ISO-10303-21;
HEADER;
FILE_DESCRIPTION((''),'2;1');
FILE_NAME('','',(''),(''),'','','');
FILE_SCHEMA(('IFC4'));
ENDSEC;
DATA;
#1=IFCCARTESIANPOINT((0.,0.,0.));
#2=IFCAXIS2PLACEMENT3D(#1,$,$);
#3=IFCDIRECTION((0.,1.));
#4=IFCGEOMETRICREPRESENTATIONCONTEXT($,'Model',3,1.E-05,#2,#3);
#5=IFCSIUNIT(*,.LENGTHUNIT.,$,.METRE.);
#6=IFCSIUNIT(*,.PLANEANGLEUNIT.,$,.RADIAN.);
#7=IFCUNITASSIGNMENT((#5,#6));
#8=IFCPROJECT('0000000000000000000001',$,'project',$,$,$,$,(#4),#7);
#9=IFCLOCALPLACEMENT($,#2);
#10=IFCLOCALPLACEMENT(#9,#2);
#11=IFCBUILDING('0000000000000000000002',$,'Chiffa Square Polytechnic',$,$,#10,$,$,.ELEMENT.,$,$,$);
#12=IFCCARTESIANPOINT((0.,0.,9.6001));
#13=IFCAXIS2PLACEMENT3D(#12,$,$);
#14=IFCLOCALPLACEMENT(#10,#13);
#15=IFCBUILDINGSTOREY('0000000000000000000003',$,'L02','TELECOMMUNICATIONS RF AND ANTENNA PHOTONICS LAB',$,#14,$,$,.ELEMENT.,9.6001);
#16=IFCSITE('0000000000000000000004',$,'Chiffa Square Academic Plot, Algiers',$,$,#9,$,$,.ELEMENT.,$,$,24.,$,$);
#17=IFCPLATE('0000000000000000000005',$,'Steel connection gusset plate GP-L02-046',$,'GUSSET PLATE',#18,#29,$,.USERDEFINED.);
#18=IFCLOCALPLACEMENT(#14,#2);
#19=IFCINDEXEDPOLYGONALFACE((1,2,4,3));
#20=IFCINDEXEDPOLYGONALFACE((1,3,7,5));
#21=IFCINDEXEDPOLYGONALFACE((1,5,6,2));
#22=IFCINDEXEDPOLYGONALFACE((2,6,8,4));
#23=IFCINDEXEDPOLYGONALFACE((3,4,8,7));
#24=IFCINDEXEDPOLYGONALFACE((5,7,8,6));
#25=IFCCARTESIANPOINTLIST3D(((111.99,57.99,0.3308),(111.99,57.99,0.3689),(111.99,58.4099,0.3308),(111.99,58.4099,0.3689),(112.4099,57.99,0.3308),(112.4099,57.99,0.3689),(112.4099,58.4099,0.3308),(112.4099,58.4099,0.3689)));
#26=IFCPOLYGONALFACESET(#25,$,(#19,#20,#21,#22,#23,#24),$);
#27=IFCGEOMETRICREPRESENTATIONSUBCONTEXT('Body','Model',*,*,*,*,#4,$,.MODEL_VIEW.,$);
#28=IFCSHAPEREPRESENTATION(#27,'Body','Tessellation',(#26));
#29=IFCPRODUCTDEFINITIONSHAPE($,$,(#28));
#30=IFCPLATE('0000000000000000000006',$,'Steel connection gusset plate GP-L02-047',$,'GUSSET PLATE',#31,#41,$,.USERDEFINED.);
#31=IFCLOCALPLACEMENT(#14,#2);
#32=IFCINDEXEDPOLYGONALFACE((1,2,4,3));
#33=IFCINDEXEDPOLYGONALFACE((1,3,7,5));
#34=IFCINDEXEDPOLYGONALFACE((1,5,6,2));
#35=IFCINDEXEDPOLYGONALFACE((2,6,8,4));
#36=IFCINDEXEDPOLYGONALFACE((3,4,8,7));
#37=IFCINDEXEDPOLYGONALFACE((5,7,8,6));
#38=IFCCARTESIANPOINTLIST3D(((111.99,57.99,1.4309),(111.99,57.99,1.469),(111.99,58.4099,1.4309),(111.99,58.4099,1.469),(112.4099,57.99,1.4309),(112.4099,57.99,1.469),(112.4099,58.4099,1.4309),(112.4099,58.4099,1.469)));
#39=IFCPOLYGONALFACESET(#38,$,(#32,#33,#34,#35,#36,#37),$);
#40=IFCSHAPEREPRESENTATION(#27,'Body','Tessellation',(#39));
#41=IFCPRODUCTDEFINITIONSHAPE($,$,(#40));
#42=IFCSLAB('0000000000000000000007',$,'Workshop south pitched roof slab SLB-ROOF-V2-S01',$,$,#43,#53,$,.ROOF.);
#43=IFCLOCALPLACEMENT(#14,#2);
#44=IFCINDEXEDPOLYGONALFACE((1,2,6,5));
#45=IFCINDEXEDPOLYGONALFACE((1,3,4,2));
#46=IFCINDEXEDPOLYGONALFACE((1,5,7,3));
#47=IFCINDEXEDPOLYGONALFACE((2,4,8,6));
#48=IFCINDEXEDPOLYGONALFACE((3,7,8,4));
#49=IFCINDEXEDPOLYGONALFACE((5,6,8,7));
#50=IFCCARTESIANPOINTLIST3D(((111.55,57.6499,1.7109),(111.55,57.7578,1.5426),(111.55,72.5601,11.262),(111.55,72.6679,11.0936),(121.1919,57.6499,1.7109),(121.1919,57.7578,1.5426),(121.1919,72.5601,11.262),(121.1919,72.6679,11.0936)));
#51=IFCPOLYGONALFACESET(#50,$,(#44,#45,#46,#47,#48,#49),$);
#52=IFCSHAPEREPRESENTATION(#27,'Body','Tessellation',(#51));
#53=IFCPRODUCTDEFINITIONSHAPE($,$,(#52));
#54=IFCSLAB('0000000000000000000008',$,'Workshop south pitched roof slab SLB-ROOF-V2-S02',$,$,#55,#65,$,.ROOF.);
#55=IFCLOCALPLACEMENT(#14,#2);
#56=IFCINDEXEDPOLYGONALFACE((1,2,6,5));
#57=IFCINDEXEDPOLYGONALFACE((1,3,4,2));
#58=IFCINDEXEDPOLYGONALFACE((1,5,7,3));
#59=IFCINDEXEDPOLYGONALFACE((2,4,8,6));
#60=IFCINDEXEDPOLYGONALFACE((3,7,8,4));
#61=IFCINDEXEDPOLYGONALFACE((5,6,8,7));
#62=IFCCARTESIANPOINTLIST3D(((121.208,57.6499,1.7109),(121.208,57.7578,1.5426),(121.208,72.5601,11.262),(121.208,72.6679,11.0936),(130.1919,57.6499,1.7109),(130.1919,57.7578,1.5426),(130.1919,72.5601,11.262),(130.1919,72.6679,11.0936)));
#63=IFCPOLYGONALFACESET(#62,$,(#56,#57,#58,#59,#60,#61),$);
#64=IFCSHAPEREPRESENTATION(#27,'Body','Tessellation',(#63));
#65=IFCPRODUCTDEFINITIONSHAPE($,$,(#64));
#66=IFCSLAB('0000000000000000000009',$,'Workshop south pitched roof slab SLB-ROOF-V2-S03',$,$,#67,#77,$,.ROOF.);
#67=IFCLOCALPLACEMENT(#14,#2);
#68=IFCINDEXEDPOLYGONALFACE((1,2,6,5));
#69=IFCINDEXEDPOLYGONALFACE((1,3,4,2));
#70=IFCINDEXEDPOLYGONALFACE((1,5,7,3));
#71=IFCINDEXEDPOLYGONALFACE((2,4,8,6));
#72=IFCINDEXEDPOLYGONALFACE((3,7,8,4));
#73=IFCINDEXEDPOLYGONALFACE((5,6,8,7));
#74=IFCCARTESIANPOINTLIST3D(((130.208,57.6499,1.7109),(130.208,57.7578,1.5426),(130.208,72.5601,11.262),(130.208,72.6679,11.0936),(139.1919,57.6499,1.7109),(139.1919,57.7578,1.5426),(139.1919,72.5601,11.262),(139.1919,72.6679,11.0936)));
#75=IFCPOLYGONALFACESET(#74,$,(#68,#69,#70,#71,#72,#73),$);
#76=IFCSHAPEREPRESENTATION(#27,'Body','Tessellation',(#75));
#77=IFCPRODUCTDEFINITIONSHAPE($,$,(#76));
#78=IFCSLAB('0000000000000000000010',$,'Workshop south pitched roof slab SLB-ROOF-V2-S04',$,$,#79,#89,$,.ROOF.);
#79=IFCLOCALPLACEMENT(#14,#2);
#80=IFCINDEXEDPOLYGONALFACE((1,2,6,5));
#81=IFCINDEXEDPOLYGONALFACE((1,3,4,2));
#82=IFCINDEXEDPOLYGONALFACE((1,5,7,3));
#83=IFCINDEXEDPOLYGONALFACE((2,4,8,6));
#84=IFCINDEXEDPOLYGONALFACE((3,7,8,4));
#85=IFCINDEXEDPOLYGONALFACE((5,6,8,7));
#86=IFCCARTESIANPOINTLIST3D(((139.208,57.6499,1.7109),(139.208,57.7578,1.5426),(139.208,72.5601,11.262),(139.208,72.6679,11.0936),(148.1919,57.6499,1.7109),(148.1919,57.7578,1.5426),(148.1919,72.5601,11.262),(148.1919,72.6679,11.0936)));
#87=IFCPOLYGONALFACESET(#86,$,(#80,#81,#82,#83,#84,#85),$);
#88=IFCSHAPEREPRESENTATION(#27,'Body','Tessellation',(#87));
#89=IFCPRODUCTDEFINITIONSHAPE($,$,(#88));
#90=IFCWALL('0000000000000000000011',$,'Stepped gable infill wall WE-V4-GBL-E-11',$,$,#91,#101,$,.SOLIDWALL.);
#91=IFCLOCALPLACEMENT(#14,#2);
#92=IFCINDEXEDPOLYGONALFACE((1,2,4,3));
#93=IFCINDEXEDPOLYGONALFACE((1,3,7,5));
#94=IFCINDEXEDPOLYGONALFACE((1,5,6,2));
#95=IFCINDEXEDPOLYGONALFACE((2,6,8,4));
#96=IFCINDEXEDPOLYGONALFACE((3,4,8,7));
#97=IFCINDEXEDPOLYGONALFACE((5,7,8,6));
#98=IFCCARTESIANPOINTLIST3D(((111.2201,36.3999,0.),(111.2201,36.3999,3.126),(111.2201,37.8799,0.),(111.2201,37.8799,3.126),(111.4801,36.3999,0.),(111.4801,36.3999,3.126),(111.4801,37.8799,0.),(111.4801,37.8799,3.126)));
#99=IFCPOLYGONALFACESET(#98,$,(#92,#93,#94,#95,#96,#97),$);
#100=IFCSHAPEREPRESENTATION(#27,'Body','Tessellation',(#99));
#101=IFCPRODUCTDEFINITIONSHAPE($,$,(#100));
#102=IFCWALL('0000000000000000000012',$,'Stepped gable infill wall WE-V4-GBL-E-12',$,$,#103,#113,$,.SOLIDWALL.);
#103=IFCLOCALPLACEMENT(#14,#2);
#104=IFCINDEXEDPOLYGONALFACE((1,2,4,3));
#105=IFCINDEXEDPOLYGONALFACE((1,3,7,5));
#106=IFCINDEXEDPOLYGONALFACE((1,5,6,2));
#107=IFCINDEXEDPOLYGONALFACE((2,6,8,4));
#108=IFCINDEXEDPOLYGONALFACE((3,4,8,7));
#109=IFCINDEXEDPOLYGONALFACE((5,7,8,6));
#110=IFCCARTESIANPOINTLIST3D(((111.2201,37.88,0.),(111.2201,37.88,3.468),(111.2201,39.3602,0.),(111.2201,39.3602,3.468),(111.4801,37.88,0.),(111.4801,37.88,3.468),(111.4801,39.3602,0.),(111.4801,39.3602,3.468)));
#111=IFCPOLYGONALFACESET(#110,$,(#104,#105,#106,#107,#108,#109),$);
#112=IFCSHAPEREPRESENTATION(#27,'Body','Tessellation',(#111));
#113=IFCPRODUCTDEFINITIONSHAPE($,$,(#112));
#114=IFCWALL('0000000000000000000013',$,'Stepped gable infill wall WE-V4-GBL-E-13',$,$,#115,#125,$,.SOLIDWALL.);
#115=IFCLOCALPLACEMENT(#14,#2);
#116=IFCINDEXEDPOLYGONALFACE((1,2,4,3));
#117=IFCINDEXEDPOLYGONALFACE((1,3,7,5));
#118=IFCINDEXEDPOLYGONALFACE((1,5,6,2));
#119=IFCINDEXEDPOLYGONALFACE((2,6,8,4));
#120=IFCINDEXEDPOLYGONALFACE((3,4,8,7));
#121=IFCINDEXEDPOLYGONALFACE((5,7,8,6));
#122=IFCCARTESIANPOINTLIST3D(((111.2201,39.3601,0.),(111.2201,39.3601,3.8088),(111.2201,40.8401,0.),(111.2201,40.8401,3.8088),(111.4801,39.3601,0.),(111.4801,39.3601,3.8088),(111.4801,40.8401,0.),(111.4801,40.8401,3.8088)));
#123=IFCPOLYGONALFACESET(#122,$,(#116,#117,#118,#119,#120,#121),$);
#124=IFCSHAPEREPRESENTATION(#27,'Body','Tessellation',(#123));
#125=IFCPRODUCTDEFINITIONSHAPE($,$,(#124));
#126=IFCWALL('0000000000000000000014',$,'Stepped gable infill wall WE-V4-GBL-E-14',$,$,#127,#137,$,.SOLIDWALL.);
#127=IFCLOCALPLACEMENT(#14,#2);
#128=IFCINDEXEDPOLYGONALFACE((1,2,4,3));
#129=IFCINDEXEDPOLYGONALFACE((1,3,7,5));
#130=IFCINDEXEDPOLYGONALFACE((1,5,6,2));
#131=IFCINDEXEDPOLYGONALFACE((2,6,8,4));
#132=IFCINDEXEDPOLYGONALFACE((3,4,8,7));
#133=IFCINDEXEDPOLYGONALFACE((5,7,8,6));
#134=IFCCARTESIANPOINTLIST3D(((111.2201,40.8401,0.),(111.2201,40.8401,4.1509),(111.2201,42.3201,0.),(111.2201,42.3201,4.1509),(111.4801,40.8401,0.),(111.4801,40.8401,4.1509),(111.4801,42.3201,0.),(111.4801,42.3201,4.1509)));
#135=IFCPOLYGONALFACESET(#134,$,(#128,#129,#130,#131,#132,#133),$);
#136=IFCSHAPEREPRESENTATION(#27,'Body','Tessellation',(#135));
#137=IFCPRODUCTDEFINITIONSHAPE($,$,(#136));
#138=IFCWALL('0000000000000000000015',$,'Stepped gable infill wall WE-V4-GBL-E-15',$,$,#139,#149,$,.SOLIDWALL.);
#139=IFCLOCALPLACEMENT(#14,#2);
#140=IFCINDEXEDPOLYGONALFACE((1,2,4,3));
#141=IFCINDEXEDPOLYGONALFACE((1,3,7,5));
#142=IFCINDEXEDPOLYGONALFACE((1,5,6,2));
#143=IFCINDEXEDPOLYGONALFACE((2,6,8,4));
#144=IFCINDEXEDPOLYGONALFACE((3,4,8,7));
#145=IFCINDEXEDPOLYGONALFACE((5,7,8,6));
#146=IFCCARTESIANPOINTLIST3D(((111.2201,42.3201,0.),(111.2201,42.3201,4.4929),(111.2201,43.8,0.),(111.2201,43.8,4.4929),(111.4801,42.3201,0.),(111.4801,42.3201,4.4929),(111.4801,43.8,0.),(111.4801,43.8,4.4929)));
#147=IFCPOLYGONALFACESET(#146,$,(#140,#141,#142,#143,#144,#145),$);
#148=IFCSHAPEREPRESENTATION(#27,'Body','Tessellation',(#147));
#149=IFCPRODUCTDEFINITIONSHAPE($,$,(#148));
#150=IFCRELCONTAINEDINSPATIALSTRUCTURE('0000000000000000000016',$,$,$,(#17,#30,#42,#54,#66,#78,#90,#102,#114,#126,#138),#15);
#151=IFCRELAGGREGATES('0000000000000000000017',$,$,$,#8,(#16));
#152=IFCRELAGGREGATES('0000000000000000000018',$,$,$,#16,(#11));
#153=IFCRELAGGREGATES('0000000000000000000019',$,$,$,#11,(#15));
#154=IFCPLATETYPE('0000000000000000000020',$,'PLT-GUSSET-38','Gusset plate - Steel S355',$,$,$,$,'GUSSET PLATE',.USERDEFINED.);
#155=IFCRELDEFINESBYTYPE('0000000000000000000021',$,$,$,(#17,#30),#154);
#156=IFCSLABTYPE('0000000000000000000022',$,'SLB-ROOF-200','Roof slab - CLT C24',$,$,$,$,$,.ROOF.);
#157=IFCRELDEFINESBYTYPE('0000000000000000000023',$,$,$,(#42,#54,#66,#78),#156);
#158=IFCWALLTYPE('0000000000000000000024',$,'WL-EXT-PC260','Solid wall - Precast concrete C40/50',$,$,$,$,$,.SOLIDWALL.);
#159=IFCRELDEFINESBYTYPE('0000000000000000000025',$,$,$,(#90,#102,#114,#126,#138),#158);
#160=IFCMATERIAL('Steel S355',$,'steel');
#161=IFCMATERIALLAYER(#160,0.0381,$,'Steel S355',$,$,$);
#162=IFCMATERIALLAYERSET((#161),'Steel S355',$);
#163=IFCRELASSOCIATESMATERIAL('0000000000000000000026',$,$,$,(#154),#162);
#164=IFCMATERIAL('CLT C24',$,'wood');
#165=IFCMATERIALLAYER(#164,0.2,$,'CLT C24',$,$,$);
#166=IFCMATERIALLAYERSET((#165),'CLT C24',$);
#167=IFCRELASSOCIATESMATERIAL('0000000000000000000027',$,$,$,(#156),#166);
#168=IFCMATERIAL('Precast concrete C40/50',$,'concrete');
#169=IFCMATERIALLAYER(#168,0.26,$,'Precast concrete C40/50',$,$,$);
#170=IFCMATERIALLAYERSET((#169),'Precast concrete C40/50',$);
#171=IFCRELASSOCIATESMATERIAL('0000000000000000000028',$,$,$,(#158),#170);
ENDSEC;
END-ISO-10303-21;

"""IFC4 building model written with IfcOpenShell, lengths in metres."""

from ifc_helpers import new_model, si_unit, direction, frame, frame_2d, origin, origin_2d, place, context, subcontext, project, spatial, polyline, rectangle, outline, extrude, material, layer, layer_set, type_object, element, save


model = new_model("IFC4")

# Units and contexts
model_context = context("Model", 3, precision=1e-05, world=origin(), true_north=direction((0.0, 1.0)))
body_context = subcontext(model_context, "Body", "Model", "MODEL_VIEW")
ifc_project = project(units=[si_unit("LENGTHUNIT", "METRE"), si_unit("PLANEANGLEUNIT", "RADIAN")], contexts=[model_context])

# Site, building, storey
site_placement = place(None, origin())
site = spatial("IfcSite", under=ifc_project, at=site_placement, Name="Chiffa Square Academic Plot, Algiers", CompositionType="ELEMENT", RefElevation=24.0)
building_placement = place(site_placement, origin())
building = spatial("IfcBuilding", under=site, at=building_placement, Name="Chiffa Square Polytechnic", CompositionType="ELEMENT")
storey_placement = place(building_placement, frame((0.0, 0.0, 9.6001)))
storey = spatial("IfcBuildingStorey", under=building, at=storey_placement, Name="L02", Description="TELECOMMUNICATIONS RF AND ANTENNA PHOTONICS LAB", CompositionType="ELEMENT", Elevation=9.6001)

# Shared definitions
ifc_material_1 = material(Name="Steel S355", Category="steel")

# Plates
ifc_layer_1 = layer(ifc_material_1, 0.0381, Name="Steel S355")
ifc_layer_set_1 = layer_set([ifc_layer_1], Name="Steel S355")
plate_type_1 = type_object("IfcPlateType", Name="PLT-GUSSET-38", Description="Gusset plate - Steel S355", ElementType="GUSSET PLATE", PredefinedType="USERDEFINED", material=ifc_layer_set_1)
for number, where, z_axis, x_axis, name in (
    (1, (112.2, 58.2, 0.3308), (0.0, 0.0, 1.0), (1.0, 0.0, 0.0), "Steel connection gusset plate GP-L02-046"),
    (2, (112.2, 58.2, 1.4309), (0.0, 0.0, 1.0), (1.0, 0.0, 0.0), "Steel connection gusset plate GP-L02-047"),
):
    element("IfcPlate", number, at=place(storey_placement, frame(where, z_axis=z_axis, x_axis=x_axis)), inside=storey, type_object=plate_type_1, Name=name, ObjectType="GUSSET PLATE", PredefinedType="USERDEFINED", context=body_context, shape_type="SweptSolid", body=[
        extrude(rectangle(XDim=0.4199, YDim=0.4199, at=origin_2d()), origin(), (0.0, 0.0, 1.0), 0.0381),
    ])

# Slabs
ifc_material_2 = material(Name="CLT C24", Category="wood")
ifc_layer_2 = layer(ifc_material_2, 0.2, Name="CLT C24")
ifc_layer_set_2 = layer_set([ifc_layer_2], Name="CLT C24")
slab_type = type_object("IfcSlabType", Name="SLB-ROOF-200", Description="Roof slab - CLT C24", PredefinedType="ROOF", material=ifc_layer_set_2)
slab_placement = place(storey_placement, frame((111.55, 57.6499, 1.7109), z_axis=(0.0, -0.539395, 0.842053), x_axis=(1.0, 0.0, 0.0)))
element("IfcSlab", 3, at=slab_placement, inside=storey, type_object=slab_type, Name="Workshop south pitched roof slab SLB-ROOF-V2-S01", PredefinedType="ROOF", context=body_context, shape_type="SweptSolid", body=[
    extrude(outline(polyline([(0.0, 0.0), (9.6418, 0.0), (9.6418, 17.7069), (0.0, 17.7069), (0.0, 0.0)])), origin(), (0.0, 0.0, -1.0), 0.2),
])
for number, where, z_axis, x_axis, name in (
    (4, (121.208, 57.6499, 1.7109), (0.0, -0.539395, 0.842053), (1.0, 0.0, 0.0), "Workshop south pitched roof slab SLB-ROOF-V2-S02"),
    (5, (130.208, 57.6499, 1.7109), (0.0, -0.539395, 0.842053), (1.0, 0.0, 0.0), "Workshop south pitched roof slab SLB-ROOF-V2-S03"),
    (6, (139.208, 57.6499, 1.7109), (0.0, -0.539395, 0.842053), (1.0, 0.0, 0.0), "Workshop south pitched roof slab SLB-ROOF-V2-S04"),
):
    element("IfcSlab", number, at=place(storey_placement, frame(where, z_axis=z_axis, x_axis=x_axis)), inside=storey, type_object=slab_type, Name=name, PredefinedType="ROOF", context=body_context, shape_type="SweptSolid", body=[
        extrude(outline(polyline([(0.0, 0.0), (8.9839, 0.0), (8.9839, 17.7069), (0.0, 17.7069), (0.0, 0.0)])), origin(), (0.0, 0.0, -1.0), 0.2),
    ])

# Walls
ifc_material_3 = material(Name="Precast concrete C40/50", Category="concrete")
ifc_layer_3 = layer(ifc_material_3, 0.26, Name="Precast concrete C40/50")
ifc_layer_set_3 = layer_set([ifc_layer_3], Name="Precast concrete C40/50")
wall_type = type_object("IfcWallType", Name="WL-EXT-PC260", Description="Solid wall - Precast concrete C40/50", PredefinedType="SOLIDWALL", material=ifc_layer_set_3)
wall_1_placement = place(storey_placement, frame((111.3501, 36.3999, 0.0), z_axis=(0.0, 0.0, 1.0), x_axis=(0.0, 1.0, 0.0)))
element("IfcWall", 7, at=wall_1_placement, inside=storey, type_object=wall_type, Name="Stepped gable infill wall WE-V4-GBL-E-11", PredefinedType="SOLIDWALL", context=body_context, shape_type="SweptSolid", body=[
    extrude(rectangle(XDim=1.48, YDim=0.26, at=frame_2d((0.74, 0.0))), origin(), (0.0, 0.0, 1.0), 3.126),
])
wall_2_placement = place(storey_placement, frame((111.3501, 37.8799, 0.0), z_axis=(0.0, 0.0, 1.0), x_axis=(0.0, 1.0, 0.0)))
element("IfcWall", 8, at=wall_2_placement, inside=storey, type_object=wall_type, Name="Stepped gable infill wall WE-V4-GBL-E-12", PredefinedType="SOLIDWALL", context=body_context, shape_type="SweptSolid", body=[
    extrude(rectangle(XDim=1.4802, YDim=0.26, at=frame_2d((0.7402, 0.0))), origin(), (0.0, 0.0, 1.0), 3.468),
])
wall_3_placement = place(storey_placement, frame((111.3501, 39.3601, 0.0), z_axis=(0.0, 0.0, 1.0), x_axis=(0.0, 1.0, 0.0)))
element("IfcWall", 9, at=wall_3_placement, inside=storey, type_object=wall_type, Name="Stepped gable infill wall WE-V4-GBL-E-13", PredefinedType="SOLIDWALL", context=body_context, shape_type="SweptSolid", body=[
    extrude(rectangle(XDim=1.48, YDim=0.26, at=frame_2d((0.74, 0.0))), origin(), (0.0, 0.0, 1.0), 3.8088),
])
wall_4_placement = place(storey_placement, frame((111.3501, 40.8401, 0.0), z_axis=(0.0, 0.0, 1.0), x_axis=(0.0, 1.0, 0.0)))
element("IfcWall", 10, at=wall_4_placement, inside=storey, type_object=wall_type, Name="Stepped gable infill wall WE-V4-GBL-E-14", PredefinedType="SOLIDWALL", context=body_context, shape_type="SweptSolid", body=[
    extrude(rectangle(XDim=1.48, YDim=0.26, at=frame_2d((0.74, 0.0))), origin(), (0.0, 0.0, 1.0), 4.1509),
])
wall_5_placement = place(storey_placement, frame((111.3501, 42.3201, 0.0), z_axis=(0.0, 0.0, 1.0), x_axis=(0.0, 1.0, 0.0)))
element("IfcWall", 11, at=wall_5_placement, inside=storey, type_object=wall_type, Name="Stepped gable infill wall WE-V4-GBL-E-15", PredefinedType="SOLIDWALL", context=body_context, shape_type="SweptSolid", body=[
    extrude(rectangle(XDim=1.48, YDim=0.26, at=frame_2d((0.74, 0.0))), origin(), (0.0, 0.0, 1.0), 4.4929),
])

save(model, "model.ifc")
